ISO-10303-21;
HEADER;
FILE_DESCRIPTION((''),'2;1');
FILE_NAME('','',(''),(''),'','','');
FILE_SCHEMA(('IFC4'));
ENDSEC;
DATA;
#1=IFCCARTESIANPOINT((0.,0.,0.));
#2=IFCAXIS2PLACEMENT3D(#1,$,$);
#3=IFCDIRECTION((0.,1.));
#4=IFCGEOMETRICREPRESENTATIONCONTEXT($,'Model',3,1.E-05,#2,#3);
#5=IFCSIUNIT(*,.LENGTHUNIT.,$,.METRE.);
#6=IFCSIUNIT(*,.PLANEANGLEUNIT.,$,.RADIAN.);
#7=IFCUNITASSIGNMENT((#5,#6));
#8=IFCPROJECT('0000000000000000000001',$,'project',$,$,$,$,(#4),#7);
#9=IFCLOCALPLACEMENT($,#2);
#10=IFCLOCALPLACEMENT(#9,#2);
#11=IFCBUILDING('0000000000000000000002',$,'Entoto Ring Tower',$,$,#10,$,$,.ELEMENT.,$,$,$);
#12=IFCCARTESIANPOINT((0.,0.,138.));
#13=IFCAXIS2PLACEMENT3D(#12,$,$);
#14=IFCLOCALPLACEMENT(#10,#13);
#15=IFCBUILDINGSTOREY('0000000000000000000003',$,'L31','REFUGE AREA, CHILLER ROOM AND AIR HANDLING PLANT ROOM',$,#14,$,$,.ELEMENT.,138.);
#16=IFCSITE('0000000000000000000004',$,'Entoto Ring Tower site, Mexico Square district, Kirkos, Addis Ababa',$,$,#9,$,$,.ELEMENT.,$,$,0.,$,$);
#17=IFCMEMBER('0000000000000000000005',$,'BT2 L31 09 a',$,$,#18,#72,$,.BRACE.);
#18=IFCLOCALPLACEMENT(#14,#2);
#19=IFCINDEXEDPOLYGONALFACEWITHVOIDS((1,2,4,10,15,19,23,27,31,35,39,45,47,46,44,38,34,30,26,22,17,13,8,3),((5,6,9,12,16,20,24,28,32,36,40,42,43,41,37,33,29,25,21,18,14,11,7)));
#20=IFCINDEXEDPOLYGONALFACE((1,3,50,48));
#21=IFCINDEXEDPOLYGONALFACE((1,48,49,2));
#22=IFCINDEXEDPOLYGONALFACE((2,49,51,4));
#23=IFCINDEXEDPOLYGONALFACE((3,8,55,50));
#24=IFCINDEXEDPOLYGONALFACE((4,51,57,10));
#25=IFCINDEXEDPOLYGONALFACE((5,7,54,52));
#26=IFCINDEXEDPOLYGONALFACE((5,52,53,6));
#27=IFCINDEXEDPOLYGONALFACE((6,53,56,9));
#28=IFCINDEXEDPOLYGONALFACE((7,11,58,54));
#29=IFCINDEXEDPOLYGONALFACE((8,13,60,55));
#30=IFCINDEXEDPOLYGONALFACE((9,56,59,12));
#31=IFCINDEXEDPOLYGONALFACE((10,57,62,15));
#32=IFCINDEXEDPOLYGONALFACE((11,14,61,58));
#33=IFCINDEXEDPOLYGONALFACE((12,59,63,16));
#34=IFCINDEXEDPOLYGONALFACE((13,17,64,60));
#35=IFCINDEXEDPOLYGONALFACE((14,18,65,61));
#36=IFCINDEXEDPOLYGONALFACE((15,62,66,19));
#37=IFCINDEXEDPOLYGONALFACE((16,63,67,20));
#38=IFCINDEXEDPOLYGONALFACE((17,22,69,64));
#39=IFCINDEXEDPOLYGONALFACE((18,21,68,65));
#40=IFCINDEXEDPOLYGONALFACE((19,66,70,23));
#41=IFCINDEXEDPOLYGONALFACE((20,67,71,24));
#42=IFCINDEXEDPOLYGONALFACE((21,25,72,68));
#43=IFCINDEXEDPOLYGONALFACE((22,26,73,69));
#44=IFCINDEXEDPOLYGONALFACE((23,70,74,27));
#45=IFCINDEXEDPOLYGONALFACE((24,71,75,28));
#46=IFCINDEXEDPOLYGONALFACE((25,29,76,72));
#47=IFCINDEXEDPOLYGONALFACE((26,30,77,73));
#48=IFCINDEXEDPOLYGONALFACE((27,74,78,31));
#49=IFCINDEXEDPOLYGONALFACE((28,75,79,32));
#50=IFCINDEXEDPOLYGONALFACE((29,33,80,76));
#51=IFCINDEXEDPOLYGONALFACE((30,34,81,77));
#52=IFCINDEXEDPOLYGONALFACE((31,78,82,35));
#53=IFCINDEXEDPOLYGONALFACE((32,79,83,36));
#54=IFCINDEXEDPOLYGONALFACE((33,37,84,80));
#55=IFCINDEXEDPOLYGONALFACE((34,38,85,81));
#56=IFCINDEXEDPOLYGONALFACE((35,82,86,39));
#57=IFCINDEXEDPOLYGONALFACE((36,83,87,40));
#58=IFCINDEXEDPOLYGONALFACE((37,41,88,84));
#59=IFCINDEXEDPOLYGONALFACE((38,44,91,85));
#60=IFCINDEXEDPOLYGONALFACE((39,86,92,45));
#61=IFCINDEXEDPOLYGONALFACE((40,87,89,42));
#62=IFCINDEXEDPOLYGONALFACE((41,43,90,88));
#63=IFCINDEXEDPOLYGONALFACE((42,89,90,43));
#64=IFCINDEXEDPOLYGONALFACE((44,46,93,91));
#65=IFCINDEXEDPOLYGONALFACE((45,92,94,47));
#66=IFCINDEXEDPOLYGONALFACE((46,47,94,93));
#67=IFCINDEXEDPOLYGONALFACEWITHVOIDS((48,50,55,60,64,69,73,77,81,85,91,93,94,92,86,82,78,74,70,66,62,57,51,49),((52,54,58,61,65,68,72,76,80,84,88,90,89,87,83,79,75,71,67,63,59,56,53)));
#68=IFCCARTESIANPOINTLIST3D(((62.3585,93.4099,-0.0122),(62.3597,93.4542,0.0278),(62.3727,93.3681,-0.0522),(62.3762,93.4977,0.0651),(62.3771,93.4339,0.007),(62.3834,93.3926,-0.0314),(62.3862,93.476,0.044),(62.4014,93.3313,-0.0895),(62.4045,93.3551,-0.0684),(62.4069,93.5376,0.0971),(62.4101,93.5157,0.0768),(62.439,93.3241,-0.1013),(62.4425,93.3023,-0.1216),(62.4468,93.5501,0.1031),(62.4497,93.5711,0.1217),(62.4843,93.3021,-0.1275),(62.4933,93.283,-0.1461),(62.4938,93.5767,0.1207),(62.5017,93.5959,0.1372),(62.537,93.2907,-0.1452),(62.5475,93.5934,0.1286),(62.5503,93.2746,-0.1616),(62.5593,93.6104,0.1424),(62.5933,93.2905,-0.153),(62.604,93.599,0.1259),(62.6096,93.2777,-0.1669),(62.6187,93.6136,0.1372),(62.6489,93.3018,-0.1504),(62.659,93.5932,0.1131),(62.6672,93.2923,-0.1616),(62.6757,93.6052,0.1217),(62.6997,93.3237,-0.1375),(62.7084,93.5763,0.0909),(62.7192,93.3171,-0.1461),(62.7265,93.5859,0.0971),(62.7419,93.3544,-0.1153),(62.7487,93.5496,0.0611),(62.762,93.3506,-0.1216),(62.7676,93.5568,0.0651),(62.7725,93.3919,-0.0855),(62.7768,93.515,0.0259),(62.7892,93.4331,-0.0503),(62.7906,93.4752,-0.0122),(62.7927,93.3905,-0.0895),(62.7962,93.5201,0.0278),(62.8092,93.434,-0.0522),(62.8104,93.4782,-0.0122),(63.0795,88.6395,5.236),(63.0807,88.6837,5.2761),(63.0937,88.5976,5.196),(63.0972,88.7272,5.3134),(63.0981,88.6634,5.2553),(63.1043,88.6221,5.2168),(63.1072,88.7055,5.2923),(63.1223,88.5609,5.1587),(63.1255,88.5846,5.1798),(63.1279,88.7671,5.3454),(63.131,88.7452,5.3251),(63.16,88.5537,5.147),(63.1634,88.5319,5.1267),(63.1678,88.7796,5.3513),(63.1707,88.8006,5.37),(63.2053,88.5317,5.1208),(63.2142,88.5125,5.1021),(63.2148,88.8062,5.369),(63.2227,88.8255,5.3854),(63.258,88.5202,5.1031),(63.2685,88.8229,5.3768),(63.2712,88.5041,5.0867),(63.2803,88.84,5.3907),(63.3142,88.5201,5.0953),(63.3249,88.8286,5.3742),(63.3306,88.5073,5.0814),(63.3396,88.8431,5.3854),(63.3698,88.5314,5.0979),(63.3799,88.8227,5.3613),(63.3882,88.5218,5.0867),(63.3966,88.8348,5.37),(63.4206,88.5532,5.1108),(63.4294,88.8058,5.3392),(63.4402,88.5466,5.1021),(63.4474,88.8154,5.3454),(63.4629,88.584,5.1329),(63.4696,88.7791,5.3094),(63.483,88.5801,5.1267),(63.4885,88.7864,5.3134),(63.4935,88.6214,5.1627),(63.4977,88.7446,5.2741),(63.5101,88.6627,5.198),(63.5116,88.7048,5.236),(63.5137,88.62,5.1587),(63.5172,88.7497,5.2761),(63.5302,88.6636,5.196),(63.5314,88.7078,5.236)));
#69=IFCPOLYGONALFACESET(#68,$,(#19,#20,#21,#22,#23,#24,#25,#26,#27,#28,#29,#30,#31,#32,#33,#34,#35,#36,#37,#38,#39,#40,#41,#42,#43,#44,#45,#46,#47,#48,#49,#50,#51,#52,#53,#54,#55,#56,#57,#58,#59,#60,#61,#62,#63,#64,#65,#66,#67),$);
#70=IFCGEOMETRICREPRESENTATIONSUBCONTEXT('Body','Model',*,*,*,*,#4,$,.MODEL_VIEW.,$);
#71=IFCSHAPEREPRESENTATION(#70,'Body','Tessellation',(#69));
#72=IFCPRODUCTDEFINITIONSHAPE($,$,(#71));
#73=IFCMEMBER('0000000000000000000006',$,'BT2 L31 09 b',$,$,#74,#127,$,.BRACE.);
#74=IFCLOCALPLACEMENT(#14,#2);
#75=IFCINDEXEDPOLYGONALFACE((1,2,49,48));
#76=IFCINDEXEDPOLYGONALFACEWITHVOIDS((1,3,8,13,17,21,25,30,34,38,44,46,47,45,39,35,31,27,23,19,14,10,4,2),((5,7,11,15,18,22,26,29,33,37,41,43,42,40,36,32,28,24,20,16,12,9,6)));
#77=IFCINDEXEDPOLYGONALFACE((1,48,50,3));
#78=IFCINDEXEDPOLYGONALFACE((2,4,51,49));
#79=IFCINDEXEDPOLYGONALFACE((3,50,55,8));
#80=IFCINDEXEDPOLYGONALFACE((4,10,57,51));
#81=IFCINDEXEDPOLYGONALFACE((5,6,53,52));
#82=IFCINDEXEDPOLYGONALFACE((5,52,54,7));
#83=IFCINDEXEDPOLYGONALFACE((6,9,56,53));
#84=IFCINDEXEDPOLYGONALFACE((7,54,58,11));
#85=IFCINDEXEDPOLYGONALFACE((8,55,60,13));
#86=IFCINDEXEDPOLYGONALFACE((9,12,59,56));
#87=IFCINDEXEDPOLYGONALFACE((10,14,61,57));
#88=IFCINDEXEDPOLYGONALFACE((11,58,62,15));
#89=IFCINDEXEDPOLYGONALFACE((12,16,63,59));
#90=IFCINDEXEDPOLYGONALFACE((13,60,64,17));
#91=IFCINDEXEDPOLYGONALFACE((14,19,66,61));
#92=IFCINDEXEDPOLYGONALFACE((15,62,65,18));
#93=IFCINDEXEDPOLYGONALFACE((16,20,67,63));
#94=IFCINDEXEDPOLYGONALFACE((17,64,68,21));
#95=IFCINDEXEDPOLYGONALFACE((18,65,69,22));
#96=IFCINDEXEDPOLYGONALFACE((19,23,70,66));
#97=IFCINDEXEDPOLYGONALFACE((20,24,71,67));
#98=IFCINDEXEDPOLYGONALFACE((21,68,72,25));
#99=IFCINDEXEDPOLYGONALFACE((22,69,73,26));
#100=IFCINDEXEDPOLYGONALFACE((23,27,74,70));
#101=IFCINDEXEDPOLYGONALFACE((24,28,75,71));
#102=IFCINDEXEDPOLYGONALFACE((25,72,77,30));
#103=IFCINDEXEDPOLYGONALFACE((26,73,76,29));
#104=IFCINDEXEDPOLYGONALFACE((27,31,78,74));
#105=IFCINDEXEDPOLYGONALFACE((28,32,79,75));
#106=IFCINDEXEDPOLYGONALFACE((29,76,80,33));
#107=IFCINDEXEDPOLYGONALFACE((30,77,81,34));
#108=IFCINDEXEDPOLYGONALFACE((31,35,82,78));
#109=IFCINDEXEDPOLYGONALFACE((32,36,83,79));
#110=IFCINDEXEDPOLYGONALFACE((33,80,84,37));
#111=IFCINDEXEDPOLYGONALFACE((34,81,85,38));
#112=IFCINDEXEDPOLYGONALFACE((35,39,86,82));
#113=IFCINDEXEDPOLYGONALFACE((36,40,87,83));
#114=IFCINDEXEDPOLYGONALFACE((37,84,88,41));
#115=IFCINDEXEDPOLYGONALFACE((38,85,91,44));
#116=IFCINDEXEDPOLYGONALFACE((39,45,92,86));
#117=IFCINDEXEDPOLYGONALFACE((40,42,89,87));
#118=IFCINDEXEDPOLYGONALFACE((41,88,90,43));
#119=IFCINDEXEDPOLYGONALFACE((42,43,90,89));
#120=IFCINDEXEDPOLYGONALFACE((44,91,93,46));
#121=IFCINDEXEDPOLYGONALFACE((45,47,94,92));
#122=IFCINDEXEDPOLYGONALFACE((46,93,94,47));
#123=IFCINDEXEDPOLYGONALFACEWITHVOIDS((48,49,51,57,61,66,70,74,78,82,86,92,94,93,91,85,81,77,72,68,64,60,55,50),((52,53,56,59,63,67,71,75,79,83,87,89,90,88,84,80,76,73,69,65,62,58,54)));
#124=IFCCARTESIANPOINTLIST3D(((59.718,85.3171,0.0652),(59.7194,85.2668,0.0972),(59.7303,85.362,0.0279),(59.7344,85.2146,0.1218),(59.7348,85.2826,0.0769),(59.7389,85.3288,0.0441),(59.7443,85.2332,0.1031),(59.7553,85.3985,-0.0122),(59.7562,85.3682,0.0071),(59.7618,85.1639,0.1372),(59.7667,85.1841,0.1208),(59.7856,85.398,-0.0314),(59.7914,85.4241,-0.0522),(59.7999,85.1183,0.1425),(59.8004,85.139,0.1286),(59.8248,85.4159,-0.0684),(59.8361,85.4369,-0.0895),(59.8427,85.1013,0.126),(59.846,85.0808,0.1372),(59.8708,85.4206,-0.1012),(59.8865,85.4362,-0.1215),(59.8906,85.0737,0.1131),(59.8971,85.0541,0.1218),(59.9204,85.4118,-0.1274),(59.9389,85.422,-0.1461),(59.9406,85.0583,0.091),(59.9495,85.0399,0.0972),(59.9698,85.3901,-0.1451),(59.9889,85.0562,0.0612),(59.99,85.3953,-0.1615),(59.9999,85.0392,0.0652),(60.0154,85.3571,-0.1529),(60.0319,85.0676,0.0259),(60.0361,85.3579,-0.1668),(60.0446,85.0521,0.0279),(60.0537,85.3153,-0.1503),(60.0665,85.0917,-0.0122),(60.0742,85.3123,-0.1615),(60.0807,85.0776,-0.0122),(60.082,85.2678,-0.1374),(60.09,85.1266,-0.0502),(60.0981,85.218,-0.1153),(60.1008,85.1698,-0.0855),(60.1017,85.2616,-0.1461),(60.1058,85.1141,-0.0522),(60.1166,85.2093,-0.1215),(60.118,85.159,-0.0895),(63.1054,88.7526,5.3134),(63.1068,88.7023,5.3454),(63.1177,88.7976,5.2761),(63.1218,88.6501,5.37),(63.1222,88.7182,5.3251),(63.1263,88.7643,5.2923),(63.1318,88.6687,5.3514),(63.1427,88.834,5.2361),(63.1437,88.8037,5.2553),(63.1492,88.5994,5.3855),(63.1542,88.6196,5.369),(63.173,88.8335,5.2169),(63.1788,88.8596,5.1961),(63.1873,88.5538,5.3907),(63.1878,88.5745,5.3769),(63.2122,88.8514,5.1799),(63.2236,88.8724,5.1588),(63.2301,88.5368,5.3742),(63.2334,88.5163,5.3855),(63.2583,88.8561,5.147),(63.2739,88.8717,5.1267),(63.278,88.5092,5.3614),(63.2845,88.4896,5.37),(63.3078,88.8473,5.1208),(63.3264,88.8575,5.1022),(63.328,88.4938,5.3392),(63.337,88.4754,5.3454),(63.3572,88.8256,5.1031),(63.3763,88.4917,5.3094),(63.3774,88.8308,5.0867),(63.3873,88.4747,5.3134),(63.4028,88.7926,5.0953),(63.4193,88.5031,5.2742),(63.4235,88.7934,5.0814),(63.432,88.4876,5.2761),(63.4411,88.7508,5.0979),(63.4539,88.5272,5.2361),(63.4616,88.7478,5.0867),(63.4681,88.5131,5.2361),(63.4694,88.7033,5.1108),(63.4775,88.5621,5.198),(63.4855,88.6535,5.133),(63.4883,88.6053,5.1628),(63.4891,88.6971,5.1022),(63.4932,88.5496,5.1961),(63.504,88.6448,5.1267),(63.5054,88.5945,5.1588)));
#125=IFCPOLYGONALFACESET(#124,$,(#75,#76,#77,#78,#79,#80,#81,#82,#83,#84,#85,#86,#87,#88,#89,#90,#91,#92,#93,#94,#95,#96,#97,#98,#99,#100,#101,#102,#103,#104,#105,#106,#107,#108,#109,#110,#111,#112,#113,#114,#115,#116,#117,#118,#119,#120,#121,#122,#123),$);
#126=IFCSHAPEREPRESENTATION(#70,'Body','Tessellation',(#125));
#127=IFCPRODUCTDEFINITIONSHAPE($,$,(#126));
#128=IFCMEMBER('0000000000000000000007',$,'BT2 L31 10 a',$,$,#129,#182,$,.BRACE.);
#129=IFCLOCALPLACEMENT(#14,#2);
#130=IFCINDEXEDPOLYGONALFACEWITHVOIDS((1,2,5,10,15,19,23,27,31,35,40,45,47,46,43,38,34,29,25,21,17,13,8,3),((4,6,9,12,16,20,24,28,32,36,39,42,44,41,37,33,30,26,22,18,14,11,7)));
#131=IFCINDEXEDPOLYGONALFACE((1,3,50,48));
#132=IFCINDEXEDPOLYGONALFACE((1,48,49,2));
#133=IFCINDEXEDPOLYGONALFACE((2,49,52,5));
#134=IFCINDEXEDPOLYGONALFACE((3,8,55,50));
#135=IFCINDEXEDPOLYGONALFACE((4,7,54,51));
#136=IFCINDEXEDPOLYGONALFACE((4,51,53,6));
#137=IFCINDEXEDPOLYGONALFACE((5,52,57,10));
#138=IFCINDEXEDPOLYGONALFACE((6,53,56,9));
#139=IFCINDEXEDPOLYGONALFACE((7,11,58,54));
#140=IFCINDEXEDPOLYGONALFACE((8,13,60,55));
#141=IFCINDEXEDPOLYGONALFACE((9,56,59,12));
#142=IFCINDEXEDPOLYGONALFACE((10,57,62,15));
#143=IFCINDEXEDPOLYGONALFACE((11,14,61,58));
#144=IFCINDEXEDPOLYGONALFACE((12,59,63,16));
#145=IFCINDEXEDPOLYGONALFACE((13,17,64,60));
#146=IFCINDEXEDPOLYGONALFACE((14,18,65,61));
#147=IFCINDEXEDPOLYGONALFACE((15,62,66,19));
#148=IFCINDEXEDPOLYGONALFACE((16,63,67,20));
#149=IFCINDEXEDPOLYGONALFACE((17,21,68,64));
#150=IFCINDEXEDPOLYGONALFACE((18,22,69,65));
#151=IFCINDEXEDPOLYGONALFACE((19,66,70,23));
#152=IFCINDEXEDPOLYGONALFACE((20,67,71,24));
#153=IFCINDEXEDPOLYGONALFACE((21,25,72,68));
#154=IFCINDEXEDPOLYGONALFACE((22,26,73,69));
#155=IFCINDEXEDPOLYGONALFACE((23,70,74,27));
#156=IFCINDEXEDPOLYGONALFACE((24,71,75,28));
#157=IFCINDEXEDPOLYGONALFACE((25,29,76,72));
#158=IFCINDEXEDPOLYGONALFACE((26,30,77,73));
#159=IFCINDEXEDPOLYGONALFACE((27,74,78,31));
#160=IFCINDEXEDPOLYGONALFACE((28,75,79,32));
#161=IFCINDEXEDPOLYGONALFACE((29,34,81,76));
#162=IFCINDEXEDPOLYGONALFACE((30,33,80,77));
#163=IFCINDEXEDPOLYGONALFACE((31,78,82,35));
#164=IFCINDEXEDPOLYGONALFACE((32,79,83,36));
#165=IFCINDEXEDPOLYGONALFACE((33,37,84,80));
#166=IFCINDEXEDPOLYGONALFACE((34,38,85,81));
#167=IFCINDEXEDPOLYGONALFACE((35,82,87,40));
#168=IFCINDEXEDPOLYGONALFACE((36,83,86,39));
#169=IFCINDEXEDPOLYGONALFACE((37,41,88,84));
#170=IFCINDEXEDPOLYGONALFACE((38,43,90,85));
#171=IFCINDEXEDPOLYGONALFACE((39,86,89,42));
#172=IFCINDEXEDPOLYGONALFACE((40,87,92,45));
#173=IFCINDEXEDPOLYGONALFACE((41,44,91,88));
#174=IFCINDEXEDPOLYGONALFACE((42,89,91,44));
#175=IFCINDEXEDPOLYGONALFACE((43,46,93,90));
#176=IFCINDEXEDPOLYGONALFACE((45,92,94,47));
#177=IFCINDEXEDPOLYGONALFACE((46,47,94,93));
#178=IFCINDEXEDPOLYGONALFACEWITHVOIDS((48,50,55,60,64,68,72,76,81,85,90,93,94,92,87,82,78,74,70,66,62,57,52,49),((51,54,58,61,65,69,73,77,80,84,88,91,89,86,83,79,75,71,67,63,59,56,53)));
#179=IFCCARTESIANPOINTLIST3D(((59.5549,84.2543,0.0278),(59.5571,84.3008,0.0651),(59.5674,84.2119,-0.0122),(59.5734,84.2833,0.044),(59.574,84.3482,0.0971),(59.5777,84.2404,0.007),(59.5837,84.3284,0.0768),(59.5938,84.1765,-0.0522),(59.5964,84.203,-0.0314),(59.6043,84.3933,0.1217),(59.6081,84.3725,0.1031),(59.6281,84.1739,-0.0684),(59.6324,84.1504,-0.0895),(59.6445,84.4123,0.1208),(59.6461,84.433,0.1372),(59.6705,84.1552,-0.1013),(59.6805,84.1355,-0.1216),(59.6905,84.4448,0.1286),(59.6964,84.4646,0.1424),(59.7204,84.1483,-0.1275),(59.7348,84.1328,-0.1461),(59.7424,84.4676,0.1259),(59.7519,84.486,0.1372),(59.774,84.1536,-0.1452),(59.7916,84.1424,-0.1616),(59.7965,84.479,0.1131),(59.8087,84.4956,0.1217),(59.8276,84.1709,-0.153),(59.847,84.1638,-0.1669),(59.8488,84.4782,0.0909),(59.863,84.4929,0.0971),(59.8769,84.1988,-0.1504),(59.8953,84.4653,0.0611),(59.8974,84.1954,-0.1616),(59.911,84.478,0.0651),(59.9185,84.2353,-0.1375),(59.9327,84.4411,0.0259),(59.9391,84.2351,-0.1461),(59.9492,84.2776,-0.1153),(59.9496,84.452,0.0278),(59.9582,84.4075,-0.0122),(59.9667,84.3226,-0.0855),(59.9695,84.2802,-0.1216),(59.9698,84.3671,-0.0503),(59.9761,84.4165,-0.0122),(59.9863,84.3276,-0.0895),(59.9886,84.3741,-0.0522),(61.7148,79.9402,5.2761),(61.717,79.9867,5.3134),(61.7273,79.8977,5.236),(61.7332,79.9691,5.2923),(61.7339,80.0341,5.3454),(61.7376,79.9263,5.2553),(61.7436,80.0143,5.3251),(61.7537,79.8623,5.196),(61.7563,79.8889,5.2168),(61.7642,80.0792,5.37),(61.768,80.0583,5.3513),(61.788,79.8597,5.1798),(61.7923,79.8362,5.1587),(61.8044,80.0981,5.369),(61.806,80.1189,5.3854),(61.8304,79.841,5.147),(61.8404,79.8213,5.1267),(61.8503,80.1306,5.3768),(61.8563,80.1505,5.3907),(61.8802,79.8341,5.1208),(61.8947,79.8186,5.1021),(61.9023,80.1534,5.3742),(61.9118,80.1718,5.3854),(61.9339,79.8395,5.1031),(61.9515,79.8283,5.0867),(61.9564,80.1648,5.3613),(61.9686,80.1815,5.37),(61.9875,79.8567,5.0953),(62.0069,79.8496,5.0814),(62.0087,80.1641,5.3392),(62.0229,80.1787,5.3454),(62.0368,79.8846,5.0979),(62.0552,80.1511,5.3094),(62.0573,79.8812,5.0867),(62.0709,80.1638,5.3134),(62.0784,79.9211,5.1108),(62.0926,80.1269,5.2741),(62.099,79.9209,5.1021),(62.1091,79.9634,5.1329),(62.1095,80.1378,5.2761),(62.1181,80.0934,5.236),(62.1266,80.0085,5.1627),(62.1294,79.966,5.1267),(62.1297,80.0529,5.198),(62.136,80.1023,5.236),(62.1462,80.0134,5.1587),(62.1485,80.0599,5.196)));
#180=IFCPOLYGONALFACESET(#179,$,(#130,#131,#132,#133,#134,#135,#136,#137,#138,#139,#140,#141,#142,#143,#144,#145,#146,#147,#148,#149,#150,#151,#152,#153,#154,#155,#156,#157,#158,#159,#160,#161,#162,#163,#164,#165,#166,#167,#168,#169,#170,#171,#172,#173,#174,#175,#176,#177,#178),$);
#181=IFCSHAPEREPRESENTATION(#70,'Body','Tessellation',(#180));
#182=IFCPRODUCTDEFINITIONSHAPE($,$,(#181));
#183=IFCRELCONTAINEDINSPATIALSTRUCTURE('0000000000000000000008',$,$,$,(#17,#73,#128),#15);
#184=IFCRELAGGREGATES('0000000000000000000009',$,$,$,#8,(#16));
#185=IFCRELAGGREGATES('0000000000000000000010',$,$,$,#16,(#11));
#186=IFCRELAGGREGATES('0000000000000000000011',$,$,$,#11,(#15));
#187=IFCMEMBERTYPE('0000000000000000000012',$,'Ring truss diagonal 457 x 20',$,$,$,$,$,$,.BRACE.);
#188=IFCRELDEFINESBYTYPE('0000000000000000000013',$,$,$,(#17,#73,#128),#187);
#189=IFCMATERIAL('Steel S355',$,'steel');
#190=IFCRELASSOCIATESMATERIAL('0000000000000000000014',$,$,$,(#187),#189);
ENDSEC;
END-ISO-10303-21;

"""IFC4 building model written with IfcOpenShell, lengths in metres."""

from ifc_helpers import new_model, si_unit, direction, frame, origin, origin_2d, place, context, subcontext, project, spatial, circle, hollow_circle, extrude, material, material_profile, profile_set, type_object, element, save


model = new_model("IFC4")

# Units and contexts
model_context = context("Model", 3, precision=1e-05, world=origin(), true_north=direction((0.0, 1.0)))
body_context = subcontext(model_context, "Body", "Model", "MODEL_VIEW")
ifc_project = project(units=[si_unit("LENGTHUNIT", "METRE"), si_unit("PLANEANGLEUNIT", "RADIAN")], contexts=[model_context])

# Site, building, storey
site_placement = place(None, origin())
site = spatial("IfcSite", under=ifc_project, at=site_placement, Name="Entoto Ring Tower site, Mexico Square district, Kirkos, Addis Ababa", CompositionType="ELEMENT", RefElevation=0.0)
building_placement = place(site_placement, origin())
building = spatial("IfcBuilding", under=site, at=building_placement, Name="Entoto Ring Tower", CompositionType="ELEMENT")
storey_placement = place(building_placement, frame((0.0, 0.0, 138.0)))
storey = spatial("IfcBuildingStorey", under=building, at=storey_placement, Name="L31", Description="REFUGE AREA, CHILLER ROOM AND AIR HANDLING PLANT ROOM", CompositionType="ELEMENT", Elevation=138.0)

# Members
ifc_material_1 = material(Name="Steel S355", Category="steel")
ifc_material_profile_1 = material_profile(ifc_material_1, hollow_circle(Radius=0.2285, WallThickness=0.02, at=origin_2d()), Name="CHS 457 x 20")
ifc_material_2 = material(Name="Concrete C60/75", Category="concrete")
ifc_material_profile_2 = material_profile(ifc_material_2, circle(Radius=0.2085, at=origin_2d()), Name="Concrete C60/75 infill")
ifc_profile_set_1 = profile_set([ifc_material_profile_1, ifc_material_profile_2], Name="Steel S355")
member_type_1 = type_object("IfcMemberType", Name="Ring truss diagonal 457 x 20", PredefinedType="BRACE", material=ifc_profile_set_1)
for number, where, z_axis, x_axis, name in (
    (1, (62.5845, 93.4441, -0.0122), (0.101129, -0.669173, 0.736193), (0.988772, 0.149429, 0.0), "BT2 L31 09 a"),
    (2, (63.3054, 88.6736, 5.2361), (-0.475166, -0.481913, -0.736191), (0.712074, -0.702105, 0.0), "BT2 L31 09 b"),
    (3, (59.7717, 84.3142, -0.0122), (0.302977, -0.605166, 0.736192), (0.894194, 0.447679, 0.0), "BT2 L31 10 a"),
):
    element("IfcMember", number, at=place(storey_placement, frame(where, z_axis=z_axis, x_axis=x_axis)), inside=storey, type_object=member_type_1, Name=name, PredefinedType="BRACE", context=body_context, shape_type="SweptSolid", body=[
        extrude(hollow_circle(Radius=0.2285, WallThickness=0.02, at=origin_2d()), origin(), (0.0, 0.0, 1.0), 7.1289),
    ])

save(model, "model.ifc")
